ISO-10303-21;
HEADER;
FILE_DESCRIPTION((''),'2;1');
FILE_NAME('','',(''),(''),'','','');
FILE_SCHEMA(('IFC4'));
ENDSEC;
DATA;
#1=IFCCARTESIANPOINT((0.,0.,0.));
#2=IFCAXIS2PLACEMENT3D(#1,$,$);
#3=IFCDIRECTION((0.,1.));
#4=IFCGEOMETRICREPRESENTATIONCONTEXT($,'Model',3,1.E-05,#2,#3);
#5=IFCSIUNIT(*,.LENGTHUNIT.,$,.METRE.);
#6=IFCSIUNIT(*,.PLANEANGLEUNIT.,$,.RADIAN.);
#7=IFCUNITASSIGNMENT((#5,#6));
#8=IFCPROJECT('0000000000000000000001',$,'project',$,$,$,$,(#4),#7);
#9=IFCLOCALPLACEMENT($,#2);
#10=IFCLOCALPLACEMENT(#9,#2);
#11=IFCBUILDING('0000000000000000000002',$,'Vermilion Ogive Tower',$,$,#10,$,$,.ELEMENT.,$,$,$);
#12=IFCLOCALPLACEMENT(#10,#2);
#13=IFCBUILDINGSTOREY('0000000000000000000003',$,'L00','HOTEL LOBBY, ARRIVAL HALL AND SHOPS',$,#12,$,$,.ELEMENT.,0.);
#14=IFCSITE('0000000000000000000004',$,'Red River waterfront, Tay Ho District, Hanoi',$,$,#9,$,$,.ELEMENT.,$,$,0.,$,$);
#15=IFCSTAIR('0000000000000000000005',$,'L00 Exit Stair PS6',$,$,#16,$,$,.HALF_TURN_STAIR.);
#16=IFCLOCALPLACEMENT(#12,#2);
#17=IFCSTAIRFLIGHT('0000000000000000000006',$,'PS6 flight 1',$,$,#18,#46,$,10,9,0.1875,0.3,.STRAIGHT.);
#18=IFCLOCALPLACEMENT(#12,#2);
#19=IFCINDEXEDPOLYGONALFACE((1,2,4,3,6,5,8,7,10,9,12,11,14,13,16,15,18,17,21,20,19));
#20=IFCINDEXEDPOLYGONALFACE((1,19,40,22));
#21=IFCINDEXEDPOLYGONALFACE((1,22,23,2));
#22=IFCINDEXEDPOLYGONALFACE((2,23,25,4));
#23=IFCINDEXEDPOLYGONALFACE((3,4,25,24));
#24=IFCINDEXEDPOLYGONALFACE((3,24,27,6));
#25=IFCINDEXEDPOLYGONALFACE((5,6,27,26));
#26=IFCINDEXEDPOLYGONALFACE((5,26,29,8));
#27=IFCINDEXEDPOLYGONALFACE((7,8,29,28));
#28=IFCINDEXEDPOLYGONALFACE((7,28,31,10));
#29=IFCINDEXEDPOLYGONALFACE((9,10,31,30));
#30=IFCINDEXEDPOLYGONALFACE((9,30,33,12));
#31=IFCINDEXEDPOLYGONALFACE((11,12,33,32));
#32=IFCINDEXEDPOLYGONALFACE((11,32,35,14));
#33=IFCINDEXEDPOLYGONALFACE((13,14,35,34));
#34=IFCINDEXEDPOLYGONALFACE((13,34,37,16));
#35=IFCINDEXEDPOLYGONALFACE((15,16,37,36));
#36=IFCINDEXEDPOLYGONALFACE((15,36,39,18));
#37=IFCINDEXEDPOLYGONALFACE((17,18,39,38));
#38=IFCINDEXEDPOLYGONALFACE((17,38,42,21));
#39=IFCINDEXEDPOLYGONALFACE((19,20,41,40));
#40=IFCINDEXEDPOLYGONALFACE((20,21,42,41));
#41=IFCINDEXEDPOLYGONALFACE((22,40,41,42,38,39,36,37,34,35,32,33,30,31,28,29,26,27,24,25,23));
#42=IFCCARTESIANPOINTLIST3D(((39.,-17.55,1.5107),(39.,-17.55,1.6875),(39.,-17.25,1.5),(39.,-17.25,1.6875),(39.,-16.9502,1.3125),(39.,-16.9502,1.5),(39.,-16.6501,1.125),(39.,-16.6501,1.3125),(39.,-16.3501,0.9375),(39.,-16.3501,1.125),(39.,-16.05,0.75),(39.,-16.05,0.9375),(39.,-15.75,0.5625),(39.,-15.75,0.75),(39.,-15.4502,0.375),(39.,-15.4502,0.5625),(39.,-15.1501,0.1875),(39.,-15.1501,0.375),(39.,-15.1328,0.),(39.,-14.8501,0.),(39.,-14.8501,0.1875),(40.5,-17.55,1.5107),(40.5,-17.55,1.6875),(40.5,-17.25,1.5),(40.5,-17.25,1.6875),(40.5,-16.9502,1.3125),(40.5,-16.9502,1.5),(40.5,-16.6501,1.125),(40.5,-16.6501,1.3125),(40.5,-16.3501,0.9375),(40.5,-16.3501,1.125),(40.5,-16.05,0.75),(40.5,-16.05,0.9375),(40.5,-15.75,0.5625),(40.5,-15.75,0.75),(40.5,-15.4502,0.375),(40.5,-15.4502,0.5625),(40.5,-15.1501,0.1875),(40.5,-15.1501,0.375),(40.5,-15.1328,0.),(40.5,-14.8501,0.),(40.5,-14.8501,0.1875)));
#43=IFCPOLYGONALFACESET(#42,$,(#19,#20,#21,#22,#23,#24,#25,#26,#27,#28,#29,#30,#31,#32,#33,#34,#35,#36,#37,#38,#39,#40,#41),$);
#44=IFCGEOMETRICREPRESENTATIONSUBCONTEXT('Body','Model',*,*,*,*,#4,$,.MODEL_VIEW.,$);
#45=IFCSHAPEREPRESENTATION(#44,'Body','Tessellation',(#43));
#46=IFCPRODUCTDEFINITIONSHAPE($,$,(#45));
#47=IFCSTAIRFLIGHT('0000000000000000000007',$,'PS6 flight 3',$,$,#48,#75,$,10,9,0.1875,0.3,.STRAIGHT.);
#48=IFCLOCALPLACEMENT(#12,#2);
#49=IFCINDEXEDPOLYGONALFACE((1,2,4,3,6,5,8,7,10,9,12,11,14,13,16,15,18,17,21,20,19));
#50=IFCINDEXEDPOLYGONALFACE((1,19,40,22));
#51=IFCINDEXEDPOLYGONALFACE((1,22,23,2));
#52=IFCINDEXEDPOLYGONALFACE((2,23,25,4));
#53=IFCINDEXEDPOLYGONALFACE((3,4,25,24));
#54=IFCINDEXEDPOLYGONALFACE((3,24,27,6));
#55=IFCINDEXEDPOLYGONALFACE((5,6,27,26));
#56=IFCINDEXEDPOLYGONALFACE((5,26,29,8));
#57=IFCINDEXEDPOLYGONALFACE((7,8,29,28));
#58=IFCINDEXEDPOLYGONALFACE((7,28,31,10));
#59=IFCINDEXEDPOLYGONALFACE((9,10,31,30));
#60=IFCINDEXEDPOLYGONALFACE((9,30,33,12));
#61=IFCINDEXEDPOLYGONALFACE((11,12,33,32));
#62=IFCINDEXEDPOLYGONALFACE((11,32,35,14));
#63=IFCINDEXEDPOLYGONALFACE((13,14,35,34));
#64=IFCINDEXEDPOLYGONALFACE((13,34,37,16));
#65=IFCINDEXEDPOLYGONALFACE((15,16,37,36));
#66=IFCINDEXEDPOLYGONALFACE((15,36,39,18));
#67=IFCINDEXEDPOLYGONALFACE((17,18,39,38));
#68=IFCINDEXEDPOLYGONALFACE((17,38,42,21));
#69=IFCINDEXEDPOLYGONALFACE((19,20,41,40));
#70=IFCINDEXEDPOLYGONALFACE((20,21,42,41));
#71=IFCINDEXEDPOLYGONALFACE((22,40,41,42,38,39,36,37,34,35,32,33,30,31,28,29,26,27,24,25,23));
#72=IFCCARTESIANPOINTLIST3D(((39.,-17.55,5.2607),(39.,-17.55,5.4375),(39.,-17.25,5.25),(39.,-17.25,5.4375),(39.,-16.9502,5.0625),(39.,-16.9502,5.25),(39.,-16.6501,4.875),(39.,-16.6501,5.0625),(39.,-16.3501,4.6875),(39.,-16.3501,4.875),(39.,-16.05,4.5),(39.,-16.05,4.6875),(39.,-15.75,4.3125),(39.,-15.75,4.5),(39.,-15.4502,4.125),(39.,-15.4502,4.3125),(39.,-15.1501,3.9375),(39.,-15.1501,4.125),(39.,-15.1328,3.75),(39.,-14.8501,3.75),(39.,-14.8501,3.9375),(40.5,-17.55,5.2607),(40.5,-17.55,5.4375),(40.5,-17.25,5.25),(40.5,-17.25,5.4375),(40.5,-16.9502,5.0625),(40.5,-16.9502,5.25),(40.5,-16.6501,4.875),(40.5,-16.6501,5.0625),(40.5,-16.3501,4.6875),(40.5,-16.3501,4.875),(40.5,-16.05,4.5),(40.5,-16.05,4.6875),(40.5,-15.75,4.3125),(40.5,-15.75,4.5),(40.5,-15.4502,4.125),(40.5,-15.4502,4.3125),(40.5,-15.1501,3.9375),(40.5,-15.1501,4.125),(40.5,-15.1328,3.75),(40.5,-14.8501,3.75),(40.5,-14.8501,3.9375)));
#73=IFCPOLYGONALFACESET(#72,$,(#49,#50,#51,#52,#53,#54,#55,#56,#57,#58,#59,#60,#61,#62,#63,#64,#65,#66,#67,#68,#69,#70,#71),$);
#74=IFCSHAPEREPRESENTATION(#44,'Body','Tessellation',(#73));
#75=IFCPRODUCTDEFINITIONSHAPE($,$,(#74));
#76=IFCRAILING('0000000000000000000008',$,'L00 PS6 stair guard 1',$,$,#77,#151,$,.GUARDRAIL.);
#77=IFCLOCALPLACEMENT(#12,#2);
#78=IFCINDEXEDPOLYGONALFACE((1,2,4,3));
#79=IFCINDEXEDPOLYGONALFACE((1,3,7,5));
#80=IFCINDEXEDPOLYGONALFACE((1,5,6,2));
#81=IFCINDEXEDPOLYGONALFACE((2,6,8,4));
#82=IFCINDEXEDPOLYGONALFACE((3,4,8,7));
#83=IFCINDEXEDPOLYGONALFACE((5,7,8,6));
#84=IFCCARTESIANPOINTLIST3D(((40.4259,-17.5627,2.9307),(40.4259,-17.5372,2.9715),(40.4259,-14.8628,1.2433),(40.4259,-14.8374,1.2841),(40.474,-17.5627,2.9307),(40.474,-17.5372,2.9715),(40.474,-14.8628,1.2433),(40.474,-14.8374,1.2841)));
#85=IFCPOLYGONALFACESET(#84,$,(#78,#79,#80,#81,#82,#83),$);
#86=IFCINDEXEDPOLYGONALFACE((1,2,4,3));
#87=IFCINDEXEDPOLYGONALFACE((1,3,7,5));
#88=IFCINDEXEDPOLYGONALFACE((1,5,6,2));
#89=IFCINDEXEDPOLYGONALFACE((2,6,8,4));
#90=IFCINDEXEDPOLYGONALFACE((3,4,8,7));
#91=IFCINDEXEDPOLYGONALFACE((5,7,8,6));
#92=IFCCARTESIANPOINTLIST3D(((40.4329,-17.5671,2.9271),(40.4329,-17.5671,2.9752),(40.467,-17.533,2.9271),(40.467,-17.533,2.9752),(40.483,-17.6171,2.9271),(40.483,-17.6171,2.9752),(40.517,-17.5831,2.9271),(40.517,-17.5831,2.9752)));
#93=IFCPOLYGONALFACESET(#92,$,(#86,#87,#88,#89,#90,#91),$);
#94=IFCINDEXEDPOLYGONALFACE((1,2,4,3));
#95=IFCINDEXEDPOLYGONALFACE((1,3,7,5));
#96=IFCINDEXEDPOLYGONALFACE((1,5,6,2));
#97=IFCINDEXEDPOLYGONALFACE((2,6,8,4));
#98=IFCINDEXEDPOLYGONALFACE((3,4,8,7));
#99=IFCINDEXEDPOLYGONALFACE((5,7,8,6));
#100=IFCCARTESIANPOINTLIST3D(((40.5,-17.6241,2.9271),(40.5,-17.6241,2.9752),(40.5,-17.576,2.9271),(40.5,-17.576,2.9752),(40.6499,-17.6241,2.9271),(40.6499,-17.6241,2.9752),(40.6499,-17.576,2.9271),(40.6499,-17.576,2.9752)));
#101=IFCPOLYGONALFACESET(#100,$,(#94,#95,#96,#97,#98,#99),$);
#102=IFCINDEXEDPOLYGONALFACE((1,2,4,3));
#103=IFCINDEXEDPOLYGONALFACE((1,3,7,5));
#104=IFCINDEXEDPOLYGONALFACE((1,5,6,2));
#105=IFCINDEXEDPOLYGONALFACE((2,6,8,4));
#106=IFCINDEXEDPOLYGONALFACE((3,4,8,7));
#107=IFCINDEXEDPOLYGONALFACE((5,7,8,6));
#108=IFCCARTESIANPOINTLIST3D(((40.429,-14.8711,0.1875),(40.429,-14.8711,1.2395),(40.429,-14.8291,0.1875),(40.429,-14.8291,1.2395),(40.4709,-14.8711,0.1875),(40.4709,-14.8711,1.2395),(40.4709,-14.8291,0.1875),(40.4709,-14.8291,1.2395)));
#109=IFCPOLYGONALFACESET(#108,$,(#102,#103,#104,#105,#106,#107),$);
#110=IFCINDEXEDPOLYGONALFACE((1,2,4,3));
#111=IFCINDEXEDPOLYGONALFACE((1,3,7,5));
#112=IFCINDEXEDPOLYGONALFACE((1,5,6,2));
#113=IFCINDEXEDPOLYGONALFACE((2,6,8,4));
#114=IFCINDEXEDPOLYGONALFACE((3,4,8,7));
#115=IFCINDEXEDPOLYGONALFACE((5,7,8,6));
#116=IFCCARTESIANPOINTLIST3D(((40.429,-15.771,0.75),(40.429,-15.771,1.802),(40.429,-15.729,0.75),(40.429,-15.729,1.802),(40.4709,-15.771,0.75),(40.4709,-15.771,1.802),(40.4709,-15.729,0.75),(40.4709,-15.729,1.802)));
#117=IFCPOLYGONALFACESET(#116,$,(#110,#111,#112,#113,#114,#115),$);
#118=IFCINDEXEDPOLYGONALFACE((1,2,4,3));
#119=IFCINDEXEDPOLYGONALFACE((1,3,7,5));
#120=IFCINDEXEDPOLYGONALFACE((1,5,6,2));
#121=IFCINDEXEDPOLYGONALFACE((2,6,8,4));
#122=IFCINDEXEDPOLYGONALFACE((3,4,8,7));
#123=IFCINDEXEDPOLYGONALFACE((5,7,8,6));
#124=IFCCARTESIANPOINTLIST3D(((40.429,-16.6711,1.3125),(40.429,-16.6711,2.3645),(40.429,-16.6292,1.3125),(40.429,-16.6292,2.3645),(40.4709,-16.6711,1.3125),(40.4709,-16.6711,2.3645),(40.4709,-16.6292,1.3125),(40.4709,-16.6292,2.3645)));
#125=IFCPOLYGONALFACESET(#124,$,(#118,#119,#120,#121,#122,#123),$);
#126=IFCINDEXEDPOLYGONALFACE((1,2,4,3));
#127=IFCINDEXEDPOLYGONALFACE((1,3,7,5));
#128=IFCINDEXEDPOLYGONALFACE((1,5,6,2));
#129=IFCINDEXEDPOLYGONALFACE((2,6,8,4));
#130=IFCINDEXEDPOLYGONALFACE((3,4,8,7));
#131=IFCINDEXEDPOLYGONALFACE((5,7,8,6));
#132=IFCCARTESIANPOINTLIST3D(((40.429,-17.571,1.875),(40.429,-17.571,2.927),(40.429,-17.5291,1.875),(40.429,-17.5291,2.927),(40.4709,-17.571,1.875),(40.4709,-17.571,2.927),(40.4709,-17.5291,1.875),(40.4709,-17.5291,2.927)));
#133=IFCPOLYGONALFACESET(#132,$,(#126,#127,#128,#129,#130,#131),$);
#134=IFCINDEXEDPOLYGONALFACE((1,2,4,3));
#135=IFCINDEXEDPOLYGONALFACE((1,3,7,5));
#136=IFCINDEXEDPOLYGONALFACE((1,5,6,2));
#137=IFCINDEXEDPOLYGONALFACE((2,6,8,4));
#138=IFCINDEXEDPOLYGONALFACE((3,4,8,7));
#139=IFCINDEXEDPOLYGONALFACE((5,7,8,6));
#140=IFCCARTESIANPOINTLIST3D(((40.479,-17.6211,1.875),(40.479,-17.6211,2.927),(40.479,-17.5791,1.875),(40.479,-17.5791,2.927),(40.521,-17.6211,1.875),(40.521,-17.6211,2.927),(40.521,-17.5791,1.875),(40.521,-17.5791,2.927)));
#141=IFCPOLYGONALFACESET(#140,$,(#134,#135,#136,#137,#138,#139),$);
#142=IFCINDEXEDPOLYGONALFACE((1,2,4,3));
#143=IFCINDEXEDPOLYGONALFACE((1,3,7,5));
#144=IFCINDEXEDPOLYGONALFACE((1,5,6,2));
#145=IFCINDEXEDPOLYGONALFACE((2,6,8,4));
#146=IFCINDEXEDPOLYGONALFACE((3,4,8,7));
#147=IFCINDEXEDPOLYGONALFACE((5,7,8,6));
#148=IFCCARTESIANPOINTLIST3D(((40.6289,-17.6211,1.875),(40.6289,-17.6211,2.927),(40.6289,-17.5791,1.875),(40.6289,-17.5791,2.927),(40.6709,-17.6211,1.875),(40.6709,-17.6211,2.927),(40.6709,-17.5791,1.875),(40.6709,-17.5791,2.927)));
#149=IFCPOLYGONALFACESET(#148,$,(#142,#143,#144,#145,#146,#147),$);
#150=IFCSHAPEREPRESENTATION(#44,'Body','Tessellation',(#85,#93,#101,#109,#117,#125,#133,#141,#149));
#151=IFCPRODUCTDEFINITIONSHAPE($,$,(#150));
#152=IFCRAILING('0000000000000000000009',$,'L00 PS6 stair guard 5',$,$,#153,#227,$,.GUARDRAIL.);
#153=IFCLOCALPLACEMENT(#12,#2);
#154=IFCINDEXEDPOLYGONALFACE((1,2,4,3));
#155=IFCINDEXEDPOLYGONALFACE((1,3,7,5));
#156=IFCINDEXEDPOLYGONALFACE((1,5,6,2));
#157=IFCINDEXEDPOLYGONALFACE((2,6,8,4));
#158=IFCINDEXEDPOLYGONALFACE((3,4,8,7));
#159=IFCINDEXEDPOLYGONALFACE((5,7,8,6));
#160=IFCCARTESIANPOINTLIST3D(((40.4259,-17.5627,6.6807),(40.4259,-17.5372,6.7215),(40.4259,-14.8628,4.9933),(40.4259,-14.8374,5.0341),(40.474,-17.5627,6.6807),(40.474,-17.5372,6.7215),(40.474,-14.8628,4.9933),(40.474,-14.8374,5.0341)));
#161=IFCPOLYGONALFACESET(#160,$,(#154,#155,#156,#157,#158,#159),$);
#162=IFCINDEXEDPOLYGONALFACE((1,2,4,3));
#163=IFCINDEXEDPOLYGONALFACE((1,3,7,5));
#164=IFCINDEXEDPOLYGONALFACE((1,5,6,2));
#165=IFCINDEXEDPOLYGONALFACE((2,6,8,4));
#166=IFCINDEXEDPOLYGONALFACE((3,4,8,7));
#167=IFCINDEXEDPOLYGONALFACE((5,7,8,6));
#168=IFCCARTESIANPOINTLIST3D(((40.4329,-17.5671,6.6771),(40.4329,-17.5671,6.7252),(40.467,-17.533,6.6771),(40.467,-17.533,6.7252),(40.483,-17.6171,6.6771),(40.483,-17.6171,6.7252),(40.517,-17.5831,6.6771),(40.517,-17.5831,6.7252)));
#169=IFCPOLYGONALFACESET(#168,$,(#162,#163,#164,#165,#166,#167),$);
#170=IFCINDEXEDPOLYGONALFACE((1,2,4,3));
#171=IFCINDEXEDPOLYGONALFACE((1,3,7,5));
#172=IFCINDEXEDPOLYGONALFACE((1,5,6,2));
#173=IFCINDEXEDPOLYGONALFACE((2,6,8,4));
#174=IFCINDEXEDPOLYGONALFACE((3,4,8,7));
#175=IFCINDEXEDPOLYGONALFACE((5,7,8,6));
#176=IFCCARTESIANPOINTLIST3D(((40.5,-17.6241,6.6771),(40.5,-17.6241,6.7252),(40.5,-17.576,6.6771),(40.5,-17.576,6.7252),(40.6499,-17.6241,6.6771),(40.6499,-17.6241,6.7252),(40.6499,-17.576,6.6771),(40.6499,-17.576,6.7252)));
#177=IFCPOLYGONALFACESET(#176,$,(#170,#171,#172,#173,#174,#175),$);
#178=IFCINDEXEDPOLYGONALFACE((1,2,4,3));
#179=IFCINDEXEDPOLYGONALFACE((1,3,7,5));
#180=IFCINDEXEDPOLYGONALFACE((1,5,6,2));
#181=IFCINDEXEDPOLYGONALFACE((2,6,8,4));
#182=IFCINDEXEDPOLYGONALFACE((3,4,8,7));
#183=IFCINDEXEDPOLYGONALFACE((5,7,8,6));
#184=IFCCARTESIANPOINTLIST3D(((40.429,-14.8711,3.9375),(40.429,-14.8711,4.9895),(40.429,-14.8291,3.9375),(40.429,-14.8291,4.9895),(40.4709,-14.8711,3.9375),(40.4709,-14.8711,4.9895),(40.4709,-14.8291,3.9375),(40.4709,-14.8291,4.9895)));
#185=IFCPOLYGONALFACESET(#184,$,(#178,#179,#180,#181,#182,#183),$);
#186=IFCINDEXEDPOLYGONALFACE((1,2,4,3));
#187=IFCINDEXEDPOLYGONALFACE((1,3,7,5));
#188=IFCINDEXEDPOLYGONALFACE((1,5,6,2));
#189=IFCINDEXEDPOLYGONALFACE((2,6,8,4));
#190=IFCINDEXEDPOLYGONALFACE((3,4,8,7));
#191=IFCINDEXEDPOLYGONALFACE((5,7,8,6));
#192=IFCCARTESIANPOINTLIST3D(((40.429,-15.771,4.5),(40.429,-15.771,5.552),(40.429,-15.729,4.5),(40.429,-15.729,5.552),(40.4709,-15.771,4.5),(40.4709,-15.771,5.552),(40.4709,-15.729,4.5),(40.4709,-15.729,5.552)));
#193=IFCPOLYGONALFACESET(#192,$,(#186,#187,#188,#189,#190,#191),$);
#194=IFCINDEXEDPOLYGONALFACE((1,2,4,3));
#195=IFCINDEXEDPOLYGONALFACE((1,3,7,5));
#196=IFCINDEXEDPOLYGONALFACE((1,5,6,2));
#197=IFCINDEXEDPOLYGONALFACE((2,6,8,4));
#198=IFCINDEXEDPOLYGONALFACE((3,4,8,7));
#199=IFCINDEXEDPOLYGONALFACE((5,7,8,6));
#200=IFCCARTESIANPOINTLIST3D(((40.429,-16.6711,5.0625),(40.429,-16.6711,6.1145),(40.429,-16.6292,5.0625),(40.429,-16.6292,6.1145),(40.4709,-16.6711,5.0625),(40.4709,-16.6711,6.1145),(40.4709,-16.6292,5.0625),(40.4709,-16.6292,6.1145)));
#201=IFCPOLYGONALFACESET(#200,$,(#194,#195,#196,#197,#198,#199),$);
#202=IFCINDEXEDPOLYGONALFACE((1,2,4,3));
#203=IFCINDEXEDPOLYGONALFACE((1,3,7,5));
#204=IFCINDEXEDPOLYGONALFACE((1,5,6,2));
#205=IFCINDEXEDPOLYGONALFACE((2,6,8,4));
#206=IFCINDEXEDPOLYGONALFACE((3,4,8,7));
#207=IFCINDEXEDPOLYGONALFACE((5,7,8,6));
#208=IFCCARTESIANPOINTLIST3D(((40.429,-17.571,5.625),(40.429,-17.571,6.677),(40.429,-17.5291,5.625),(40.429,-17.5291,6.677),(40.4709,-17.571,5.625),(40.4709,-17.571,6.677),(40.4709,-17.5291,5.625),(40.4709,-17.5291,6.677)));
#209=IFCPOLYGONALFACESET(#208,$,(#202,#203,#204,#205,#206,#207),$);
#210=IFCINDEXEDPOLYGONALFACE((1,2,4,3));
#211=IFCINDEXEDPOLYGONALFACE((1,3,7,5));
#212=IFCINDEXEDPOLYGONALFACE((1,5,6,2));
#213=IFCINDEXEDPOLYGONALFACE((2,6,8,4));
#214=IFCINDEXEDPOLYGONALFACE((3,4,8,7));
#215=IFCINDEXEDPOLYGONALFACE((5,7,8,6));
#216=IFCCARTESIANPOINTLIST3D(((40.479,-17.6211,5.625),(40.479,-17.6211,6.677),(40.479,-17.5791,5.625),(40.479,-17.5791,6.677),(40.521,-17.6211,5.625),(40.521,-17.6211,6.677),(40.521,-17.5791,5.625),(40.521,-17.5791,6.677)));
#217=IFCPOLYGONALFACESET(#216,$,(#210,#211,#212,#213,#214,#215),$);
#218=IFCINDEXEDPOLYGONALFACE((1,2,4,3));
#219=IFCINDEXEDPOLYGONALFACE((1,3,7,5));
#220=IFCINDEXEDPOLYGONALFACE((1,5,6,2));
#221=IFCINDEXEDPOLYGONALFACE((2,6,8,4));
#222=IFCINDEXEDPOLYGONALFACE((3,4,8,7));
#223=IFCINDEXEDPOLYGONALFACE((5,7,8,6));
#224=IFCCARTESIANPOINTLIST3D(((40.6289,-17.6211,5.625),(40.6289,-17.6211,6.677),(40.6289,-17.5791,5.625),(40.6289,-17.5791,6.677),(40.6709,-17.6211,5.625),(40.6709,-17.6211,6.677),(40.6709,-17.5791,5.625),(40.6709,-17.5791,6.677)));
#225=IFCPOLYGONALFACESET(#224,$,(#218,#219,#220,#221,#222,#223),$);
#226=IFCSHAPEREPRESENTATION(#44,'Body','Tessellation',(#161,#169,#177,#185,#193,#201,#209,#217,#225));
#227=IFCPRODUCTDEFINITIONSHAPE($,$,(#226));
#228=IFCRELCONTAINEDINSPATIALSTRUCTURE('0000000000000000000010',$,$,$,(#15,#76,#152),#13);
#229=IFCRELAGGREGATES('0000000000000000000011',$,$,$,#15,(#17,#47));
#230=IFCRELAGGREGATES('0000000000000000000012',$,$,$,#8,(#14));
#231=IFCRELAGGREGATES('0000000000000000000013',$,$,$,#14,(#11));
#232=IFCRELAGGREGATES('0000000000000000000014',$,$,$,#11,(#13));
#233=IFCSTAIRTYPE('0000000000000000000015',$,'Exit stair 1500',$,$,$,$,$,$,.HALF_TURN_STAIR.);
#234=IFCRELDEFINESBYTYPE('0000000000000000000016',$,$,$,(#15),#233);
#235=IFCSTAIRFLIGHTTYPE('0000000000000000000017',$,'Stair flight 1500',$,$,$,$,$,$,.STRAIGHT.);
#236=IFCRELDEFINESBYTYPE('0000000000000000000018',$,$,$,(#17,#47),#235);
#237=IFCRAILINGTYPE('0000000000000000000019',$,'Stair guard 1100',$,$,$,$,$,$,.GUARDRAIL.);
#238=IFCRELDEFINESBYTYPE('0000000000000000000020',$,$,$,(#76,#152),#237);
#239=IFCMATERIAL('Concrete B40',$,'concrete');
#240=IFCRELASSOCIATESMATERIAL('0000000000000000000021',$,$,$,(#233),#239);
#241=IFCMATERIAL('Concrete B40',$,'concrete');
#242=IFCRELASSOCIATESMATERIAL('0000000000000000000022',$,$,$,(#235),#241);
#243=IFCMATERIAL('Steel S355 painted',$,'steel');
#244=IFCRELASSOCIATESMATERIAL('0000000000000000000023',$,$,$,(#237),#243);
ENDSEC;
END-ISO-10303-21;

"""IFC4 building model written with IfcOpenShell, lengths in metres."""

from ifc_helpers import new_model, si_unit, direction, frame, origin, origin_2d, place, context, subcontext, project, spatial, polyline, rectangle, outline, extrude, material, type_object, element, aggregate, save


model = new_model("IFC4")

# Units and contexts
model_context = context("Model", 3, precision=1e-05, world=origin(), true_north=direction((0.0, 1.0)))
body_context = subcontext(model_context, "Body", "Model", "MODEL_VIEW")
ifc_project = project(units=[si_unit("LENGTHUNIT", "METRE"), si_unit("PLANEANGLEUNIT", "RADIAN")], contexts=[model_context])

# Site, building, storey
site_placement = place(None, origin())
site = spatial("IfcSite", under=ifc_project, at=site_placement, Name="Red River waterfront, Tay Ho District, Hanoi", CompositionType="ELEMENT", RefElevation=0.0)
building_placement = place(site_placement, origin())
building = spatial("IfcBuilding", under=site, at=building_placement, Name="Vermilion Ogive Tower", CompositionType="ELEMENT")
storey_placement = place(building_placement, origin())
storey = spatial("IfcBuildingStorey", under=building, at=storey_placement, Name="L00", Description="HOTEL LOBBY, ARRIVAL HALL AND SHOPS", CompositionType="ELEMENT", Elevation=0.0)

# Stair, stair flights
ifc_material_1 = material(Name="Concrete B40", Category="concrete")
stair_type = type_object("IfcStairType", Name="Exit stair 1500", PredefinedType="HALF_TURN_STAIR", material=ifc_material_1)
stair_placement = place(storey_placement, origin())
stair = element("IfcStair", 1, at=stair_placement, inside=storey, type_object=stair_type, Name="L00 Exit Stair PS6", PredefinedType="HALF_TURN_STAIR")
ifc_material_2 = material(Name="Concrete B40", Category="concrete")
stair_flight_type = type_object("IfcStairFlightType", Name="Stair flight 1500", PredefinedType="STRAIGHT", material=ifc_material_2)
stair_flight_1_placement = place(storey_placement, frame((39.75, -14.8501, 0.0), z_axis=(0.0, 0.0, 1.0), x_axis=(0.0, -1.0, 0.0)))
stair_flight_1 = element("IfcStairFlight", 2, at=stair_flight_1_placement, type_object=stair_flight_type, Name="PS6 flight 1", NumberOfRisers=10, NumberOfTreads=9, PredefinedType="STRAIGHT", RiserHeight=0.1875, TreadLength=0.3, context=body_context, shape_type="SweptSolid", body=[
    extrude(outline(polyline([(0.0, 0.0), (0.0, 0.1875), (0.3, 0.1875), (0.3, 0.375), (0.6001, 0.375), (0.6001, 0.5625), (0.8999, 0.5625), (0.8999, 0.75), (1.2, 0.75), (1.2, 0.9375), (1.5, 0.9375), (1.5, 1.125), (1.8, 1.125), (1.8, 1.3125), (2.1001, 1.3125), (2.1001, 1.5), (2.3999, 1.5), (2.3999, 1.6875), (2.7, 1.6875), (2.7, 1.875), (2.7, 1.5107), (0.2827, 0.0), (0.0, 0.0)])), frame((0.0, 0.75, 0.0), z_axis=(0.0, -1.0, 0.0), x_axis=(1.0, 0.0, 0.0)), (0.0, 0.0, 1.0), 1.5),
])
stair_flight_2_placement = place(storey_placement, frame((39.75, -14.8501, 3.75), z_axis=(0.0, 0.0, 1.0), x_axis=(0.0, -1.0, 0.0)))
stair_flight_2 = element("IfcStairFlight", 3, at=stair_flight_2_placement, type_object=stair_flight_type, Name="PS6 flight 3", NumberOfRisers=10, NumberOfTreads=9, PredefinedType="STRAIGHT", RiserHeight=0.1875, TreadLength=0.3, context=body_context, shape_type="SweptSolid", body=[
    extrude(outline(polyline([(0.0, 0.0), (0.0, 0.1875), (0.3, 0.1875), (0.3, 0.375), (0.6001, 0.375), (0.6001, 0.5625), (0.8999, 0.5625), (0.8999, 0.75), (1.2, 0.75), (1.2, 0.9375), (1.5, 0.9375), (1.5, 1.125), (1.8, 1.125), (1.8, 1.3125), (2.1001, 1.3125), (2.1001, 1.5), (2.3999, 1.5), (2.3999, 1.6875), (2.7, 1.6875), (2.7, 1.875), (2.7, 1.5107), (0.2827, 0.0), (0.0, 0.0)])), frame((0.0, 0.75, 0.0), z_axis=(0.0, -1.0, 0.0), x_axis=(1.0, 0.0, 0.0)), (0.0, 0.0, 1.0), 1.5),
])
aggregate(stair, [stair_flight_1, stair_flight_2])

# Railings
ifc_material_3 = material(Name="Steel S355 painted", Category="steel")
railing_type_1 = type_object("IfcRailingType", Name="Stair guard 1100", PredefinedType="GUARDRAIL", material=ifc_material_3)
for number, where, name in (
    (4, (40.45, -14.8501, 0.1875), "L00 PS6 stair guard 1"),
    (5, (40.45, -14.8501, 3.9375), "L00 PS6 stair guard 5"),
):
    element("IfcRailing", number, at=place(storey_placement, frame(where)), inside=storey, type_object=railing_type_1, Name=name, PredefinedType="GUARDRAIL", context=body_context, shape_type="SweptSolid", body=[
        extrude(rectangle(XDim=0.0481, YDim=0.0481, at=origin_2d()), frame((0.0, 0.0, 1.0762), z_axis=(0.0, -0.847994, 0.530006), x_axis=(1.0, 0.0, 0.0)), (0.0, 0.0, 1.0), 3.1838),
        extrude(rectangle(XDim=0.0481, YDim=0.0481, at=origin_2d()), frame((0.0, -2.7, 2.7637), z_axis=(0.707107, -0.707107, 0.0), x_axis=(0.707107, 0.707107, 0.0)), (0.0, 0.0, 1.0), 0.0708),
        extrude(rectangle(XDim=0.0481, YDim=0.0481, at=origin_2d()), frame((0.05, -2.75, 2.7637), z_axis=(1.0, 0.0, 0.0), x_axis=(0.0, 1.0, 0.0)), (0.0, 0.0, 1.0), 0.1499),
        extrude(rectangle(XDim=0.042, YDim=0.042, at=origin_2d()), origin(), (0.0, 0.0, 1.0), 1.052),
        extrude(rectangle(XDim=0.042, YDim=0.042, at=origin_2d()), frame((0.0, -0.8999, 0.5625)), (0.0, 0.0, 1.0), 1.052),
        extrude(rectangle(XDim=0.042, YDim=0.042, at=origin_2d()), frame((0.0, -1.8, 1.125)), (0.0, 0.0, 1.0), 1.052),
        extrude(rectangle(XDim=0.042, YDim=0.042, at=origin_2d()), frame((0.0, -2.7, 1.6875)), (0.0, 0.0, 1.0), 1.052),
        extrude(rectangle(XDim=0.042, YDim=0.042, at=origin_2d()), frame((0.05, -2.75, 1.6875)), (0.0, 0.0, 1.0), 1.052),
        extrude(rectangle(XDim=0.042, YDim=0.042, at=origin_2d()), frame((0.2, -2.75, 1.6875)), (0.0, 0.0, 1.0), 1.052),
    ])

save(model, "model.ifc")
